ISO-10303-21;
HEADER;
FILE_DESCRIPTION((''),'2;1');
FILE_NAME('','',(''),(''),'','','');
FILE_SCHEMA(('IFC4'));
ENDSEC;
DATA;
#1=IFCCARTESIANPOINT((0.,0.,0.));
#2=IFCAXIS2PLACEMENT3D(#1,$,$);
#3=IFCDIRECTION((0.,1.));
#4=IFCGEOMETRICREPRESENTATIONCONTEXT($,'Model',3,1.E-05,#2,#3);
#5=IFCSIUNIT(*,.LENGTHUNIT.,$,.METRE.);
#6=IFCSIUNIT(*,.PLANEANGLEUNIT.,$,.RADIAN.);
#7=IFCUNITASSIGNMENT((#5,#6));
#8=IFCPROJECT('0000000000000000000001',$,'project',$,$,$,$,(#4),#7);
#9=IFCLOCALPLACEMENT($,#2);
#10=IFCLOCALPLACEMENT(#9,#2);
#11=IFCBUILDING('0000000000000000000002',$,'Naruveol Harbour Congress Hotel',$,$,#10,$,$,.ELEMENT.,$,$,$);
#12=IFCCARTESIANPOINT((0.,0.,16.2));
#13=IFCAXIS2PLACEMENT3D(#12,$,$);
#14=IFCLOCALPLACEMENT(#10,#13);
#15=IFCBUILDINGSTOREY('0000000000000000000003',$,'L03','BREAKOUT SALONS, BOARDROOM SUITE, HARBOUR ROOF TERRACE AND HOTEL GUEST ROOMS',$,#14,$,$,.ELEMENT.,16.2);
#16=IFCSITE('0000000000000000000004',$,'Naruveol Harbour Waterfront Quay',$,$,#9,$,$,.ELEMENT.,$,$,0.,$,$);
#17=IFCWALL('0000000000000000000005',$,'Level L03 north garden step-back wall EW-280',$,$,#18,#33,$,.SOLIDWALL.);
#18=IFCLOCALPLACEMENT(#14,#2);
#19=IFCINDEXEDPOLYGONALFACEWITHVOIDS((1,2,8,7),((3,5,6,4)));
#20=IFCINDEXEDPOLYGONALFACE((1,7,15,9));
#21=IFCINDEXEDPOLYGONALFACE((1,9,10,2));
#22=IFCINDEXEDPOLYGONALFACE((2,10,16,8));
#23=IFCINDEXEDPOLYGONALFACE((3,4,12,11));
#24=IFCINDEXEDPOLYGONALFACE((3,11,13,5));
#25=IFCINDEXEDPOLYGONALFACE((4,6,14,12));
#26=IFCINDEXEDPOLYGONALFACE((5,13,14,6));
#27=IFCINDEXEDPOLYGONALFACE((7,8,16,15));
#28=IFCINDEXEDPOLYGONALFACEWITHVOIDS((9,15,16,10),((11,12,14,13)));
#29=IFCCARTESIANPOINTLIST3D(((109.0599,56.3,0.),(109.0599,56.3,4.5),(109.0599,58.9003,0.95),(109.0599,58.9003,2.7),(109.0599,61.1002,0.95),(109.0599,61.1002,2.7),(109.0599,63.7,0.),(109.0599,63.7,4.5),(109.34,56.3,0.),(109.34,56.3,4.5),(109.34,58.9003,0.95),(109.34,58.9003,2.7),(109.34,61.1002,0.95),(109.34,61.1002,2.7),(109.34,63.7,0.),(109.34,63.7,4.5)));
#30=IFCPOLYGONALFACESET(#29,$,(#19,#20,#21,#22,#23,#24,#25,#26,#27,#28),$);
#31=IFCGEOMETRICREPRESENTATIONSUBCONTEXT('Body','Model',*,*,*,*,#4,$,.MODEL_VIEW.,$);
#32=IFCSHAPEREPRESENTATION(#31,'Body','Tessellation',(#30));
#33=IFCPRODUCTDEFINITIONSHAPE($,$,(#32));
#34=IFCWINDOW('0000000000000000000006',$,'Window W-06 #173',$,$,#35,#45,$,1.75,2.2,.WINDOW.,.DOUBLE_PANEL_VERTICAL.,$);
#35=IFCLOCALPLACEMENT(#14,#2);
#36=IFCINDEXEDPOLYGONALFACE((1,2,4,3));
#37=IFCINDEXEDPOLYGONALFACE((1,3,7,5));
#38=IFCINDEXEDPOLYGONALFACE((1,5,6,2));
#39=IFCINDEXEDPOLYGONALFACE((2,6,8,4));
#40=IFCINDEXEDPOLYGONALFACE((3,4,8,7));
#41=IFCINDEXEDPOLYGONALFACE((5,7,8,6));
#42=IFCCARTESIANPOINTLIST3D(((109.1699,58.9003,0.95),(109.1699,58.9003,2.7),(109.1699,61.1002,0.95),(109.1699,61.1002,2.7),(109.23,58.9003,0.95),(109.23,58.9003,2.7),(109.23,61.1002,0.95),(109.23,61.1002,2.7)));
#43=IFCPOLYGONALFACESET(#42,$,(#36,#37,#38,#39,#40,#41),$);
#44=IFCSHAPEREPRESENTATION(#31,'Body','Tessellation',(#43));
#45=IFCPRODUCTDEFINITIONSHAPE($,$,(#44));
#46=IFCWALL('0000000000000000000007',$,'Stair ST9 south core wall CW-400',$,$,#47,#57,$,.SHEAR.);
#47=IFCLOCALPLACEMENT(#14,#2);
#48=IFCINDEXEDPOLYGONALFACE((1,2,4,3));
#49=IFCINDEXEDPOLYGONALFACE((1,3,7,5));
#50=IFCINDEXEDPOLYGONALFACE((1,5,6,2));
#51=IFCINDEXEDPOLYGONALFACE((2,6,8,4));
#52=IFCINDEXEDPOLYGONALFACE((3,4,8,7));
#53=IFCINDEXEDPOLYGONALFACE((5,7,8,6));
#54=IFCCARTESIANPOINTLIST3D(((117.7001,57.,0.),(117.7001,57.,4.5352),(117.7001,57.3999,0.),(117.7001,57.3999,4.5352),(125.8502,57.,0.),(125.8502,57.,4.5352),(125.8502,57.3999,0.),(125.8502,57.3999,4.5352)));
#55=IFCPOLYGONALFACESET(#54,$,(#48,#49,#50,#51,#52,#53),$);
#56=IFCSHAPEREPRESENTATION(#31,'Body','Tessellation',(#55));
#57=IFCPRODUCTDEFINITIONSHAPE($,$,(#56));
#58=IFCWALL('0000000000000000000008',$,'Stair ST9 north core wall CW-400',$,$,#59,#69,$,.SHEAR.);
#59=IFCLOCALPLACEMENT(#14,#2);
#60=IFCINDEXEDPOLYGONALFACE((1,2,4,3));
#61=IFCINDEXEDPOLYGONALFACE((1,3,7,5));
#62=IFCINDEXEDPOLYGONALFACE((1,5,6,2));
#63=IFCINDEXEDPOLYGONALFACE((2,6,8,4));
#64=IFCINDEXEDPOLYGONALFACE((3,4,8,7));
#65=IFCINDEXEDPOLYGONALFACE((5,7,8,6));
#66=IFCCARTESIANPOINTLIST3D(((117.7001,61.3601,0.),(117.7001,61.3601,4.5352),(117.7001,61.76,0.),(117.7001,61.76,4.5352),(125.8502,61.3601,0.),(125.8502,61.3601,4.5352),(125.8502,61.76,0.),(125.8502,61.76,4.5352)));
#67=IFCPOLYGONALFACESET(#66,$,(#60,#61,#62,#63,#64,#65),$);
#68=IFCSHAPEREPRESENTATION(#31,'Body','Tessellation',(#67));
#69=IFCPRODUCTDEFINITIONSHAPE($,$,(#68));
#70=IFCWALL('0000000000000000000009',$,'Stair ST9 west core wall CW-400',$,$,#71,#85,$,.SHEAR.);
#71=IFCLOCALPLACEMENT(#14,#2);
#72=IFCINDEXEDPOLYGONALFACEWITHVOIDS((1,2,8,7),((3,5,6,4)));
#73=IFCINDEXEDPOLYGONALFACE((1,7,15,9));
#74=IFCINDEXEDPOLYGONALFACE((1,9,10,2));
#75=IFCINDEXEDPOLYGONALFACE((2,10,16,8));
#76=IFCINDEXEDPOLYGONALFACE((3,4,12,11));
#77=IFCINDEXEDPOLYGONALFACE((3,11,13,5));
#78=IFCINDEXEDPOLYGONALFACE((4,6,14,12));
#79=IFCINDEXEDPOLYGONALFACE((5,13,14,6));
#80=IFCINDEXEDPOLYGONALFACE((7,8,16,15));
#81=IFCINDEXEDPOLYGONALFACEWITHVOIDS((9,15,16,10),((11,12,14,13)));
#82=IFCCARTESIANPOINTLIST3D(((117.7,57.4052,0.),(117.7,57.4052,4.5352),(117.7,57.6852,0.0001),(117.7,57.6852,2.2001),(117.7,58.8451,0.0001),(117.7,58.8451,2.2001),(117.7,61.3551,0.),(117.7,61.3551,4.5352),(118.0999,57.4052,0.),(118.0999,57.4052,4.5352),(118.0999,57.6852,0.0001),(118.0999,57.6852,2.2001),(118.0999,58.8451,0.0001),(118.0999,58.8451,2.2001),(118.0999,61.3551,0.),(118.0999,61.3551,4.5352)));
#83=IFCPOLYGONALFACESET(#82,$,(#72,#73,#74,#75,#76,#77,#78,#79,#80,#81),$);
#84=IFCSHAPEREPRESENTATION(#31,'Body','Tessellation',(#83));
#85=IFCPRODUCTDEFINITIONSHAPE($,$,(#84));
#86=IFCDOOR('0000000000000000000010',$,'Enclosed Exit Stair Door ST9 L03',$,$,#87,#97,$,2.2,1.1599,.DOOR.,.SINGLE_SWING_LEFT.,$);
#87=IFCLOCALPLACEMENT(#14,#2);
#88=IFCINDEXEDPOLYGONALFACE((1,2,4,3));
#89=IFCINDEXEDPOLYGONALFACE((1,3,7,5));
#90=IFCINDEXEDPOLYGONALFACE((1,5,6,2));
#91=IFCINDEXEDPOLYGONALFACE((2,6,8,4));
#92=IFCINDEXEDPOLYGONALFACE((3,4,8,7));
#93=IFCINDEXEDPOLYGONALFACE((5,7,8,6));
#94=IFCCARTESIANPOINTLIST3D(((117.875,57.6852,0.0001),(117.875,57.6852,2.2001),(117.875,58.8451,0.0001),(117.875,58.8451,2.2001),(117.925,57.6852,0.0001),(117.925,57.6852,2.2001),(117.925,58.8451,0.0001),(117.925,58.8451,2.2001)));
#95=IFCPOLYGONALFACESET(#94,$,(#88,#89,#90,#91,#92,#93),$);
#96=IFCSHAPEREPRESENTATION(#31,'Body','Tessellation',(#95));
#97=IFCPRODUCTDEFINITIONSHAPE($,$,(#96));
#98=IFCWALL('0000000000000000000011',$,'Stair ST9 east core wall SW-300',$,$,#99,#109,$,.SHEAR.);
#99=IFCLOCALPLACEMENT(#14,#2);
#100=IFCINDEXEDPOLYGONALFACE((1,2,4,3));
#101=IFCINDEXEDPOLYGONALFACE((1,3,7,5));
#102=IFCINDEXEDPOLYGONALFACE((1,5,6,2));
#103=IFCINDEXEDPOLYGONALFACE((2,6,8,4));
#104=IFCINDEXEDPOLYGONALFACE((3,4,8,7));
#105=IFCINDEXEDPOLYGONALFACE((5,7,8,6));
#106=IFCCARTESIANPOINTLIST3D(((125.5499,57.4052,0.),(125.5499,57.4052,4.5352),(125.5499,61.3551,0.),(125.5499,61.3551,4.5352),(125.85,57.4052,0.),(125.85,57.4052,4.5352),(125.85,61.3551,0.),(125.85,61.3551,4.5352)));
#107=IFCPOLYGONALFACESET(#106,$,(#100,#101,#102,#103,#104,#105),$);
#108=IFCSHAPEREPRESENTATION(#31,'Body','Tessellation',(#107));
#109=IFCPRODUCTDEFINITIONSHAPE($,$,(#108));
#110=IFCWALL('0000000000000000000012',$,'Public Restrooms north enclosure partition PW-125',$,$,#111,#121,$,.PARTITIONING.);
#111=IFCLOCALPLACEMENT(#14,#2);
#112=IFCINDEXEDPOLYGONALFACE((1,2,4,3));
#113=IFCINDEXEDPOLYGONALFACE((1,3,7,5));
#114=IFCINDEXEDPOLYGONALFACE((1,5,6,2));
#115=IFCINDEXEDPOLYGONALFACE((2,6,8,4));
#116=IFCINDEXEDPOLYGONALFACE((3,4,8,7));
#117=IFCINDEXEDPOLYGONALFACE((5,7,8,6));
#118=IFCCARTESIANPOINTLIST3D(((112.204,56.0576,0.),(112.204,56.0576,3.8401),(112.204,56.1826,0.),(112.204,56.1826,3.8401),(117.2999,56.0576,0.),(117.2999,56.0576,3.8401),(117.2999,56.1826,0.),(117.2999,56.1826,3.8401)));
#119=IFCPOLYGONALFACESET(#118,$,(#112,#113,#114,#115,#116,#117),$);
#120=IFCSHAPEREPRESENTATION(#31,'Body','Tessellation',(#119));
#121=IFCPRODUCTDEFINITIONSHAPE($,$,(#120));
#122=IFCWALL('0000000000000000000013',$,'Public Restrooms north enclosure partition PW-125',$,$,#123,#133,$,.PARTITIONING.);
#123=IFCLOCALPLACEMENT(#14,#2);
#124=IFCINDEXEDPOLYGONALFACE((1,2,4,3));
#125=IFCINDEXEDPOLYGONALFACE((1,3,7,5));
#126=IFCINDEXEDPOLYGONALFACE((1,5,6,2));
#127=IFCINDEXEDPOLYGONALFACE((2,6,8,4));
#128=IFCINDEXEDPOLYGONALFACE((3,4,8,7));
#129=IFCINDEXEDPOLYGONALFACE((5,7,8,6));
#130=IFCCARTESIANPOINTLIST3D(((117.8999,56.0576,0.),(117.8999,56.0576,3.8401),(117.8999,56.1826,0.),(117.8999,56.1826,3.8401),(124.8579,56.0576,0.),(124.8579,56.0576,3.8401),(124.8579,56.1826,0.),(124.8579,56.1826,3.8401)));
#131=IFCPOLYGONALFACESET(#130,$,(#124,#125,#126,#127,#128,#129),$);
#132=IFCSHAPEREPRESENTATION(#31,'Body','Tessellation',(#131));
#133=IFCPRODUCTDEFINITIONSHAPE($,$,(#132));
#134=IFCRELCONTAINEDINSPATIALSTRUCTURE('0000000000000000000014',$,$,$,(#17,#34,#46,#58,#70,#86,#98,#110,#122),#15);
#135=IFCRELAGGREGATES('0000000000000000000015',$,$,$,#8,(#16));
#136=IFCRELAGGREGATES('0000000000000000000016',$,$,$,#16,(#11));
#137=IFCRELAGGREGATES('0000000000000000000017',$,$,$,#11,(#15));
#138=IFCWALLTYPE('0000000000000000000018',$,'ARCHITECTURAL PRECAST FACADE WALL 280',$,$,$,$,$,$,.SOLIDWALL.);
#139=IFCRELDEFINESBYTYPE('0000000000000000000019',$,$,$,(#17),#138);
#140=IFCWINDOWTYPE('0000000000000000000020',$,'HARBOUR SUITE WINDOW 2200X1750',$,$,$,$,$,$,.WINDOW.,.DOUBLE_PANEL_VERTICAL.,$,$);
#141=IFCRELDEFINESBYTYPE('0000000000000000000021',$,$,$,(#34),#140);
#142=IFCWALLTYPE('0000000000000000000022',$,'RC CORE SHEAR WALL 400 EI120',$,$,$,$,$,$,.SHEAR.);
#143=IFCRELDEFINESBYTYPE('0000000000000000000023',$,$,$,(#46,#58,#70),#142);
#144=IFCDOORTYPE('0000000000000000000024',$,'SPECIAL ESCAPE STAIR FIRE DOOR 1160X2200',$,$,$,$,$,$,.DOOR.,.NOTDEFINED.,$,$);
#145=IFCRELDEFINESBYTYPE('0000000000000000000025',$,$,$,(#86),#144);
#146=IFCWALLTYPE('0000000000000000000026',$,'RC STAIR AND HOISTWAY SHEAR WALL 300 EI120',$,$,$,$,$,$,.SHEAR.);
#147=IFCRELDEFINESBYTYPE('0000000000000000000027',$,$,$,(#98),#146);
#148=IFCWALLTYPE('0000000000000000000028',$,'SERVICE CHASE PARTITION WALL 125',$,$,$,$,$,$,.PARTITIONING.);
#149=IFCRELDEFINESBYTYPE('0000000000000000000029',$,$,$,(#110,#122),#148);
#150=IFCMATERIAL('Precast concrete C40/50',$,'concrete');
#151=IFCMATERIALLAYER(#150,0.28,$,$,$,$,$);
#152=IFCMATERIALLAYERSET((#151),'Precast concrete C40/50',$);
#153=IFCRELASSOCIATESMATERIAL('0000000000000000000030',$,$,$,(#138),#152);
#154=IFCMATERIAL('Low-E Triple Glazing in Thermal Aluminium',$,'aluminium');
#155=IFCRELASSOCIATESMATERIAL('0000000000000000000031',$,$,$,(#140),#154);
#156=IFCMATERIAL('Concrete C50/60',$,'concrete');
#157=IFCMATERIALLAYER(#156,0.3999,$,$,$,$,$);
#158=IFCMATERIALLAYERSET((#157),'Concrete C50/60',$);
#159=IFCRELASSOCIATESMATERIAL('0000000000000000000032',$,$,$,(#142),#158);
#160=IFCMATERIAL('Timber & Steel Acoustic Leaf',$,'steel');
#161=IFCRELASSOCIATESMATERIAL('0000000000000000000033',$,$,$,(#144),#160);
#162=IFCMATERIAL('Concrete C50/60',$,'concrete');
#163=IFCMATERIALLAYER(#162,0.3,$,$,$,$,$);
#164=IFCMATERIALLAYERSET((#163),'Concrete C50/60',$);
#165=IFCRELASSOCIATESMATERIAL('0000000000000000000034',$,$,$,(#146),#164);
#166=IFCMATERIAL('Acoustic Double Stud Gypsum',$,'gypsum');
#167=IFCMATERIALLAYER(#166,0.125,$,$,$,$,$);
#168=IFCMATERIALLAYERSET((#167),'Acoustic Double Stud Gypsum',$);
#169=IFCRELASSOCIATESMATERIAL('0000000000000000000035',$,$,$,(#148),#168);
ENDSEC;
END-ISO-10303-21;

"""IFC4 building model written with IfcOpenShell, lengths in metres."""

from ifc_helpers import new_model, si_unit, direction, frame, frame_2d, origin, place, context, subcontext, project, spatial, rectangle, extrude, material, layer, layer_set, type_object, element, fill, save


model = new_model("IFC4")

# Units and contexts
model_context = context("Model", 3, precision=1e-05, world=origin(), true_north=direction((0.0, 1.0)))
body_context = subcontext(model_context, "Body", "Model", "MODEL_VIEW")
ifc_project = project(units=[si_unit("LENGTHUNIT", "METRE"), si_unit("PLANEANGLEUNIT", "RADIAN")], contexts=[model_context])

# Site, building, storey
site_placement = place(None, origin())
site = spatial("IfcSite", under=ifc_project, at=site_placement, Name="Naruveol Harbour Waterfront Quay", CompositionType="ELEMENT", RefElevation=0.0)
building_placement = place(site_placement, origin())
building = spatial("IfcBuilding", under=site, at=building_placement, Name="Naruveol Harbour Congress Hotel", CompositionType="ELEMENT")
storey_placement = place(building_placement, frame((0.0, 0.0, 16.2)))
storey = spatial("IfcBuildingStorey", under=building, at=storey_placement, Name="L03", Description="BREAKOUT SALONS, BOARDROOM SUITE, HARBOUR ROOF TERRACE AND HOTEL GUEST ROOMS", CompositionType="ELEMENT", Elevation=16.2)

# Wall, opening, window
ifc_material_1 = material(Name="Precast concrete C40/50", Category="concrete")
ifc_layer_1 = layer(ifc_material_1, 0.28)
ifc_layer_set_1 = layer_set([ifc_layer_1], Name="Precast concrete C40/50")
wall_type_1 = type_object("IfcWallType", Name="ARCHITECTURAL PRECAST FACADE WALL 280", PredefinedType="SOLIDWALL", material=ifc_layer_set_1)
wall_1_placement = place(storey_placement, frame((109.2, 56.3, 0.0), z_axis=(0.0, 0.0, 1.0), x_axis=(0.0, 1.0, 0.0)))
wall_1 = element("IfcWall", 1, at=wall_1_placement, inside=storey, type_object=wall_type_1, Name="Level L03 north garden step-back wall EW-280", PredefinedType="SOLIDWALL", context=body_context, shape_type="SweptSolid", body=[
    extrude(rectangle(XDim=7.3999, YDim=0.28, at=frame_2d((3.7, 0.0))), origin(), (0.0, 0.0, 1.0), 4.5),
])
opening_1_placement = place(wall_1_placement, frame((2.6001, 0.0, 0.95)))
opening_1 = element("IfcOpeningElement", 2, at=opening_1_placement, cuts=wall_1, PredefinedType="OPENING", context=body_context, shape_type="SweptSolid", body=[
    extrude(rectangle(XDim=2.2, YDim=1.75, at=frame_2d((1.1001, 0.875))), frame((0.0, 0.1499, 0.0), z_axis=(0.0, -1.0, 0.0), x_axis=(1.0, 0.0, 0.0)), (0.0, 0.0, 1.0), 0.3),
])
ifc_material_2 = material(Name="Low-E Triple Glazing in Thermal Aluminium", Category="aluminium")
window_type_1 = type_object("IfcWindowType", Name="HARBOUR SUITE WINDOW 2200X1750", PartitioningType="DOUBLE_PANEL_VERTICAL", PredefinedType="WINDOW", material=ifc_material_2)
window_1_placement = place(opening_1_placement, origin())
window_1 = element("IfcWindow", 3, at=window_1_placement, inside=storey, type_object=window_type_1, Name="Window W-06 #173", OverallHeight=1.75, OverallWidth=2.2, PartitioningType="DOUBLE_PANEL_VERTICAL", PredefinedType="WINDOW", context=body_context, shape_type="SweptSolid", body=[
    extrude(rectangle(XDim=2.2, YDim=1.75, at=frame_2d((1.1001, 0.875))), frame((0.0, 0.03, 0.0), z_axis=(0.0, -1.0, 0.0), x_axis=(1.0, 0.0, 0.0)), (0.0, 0.0, 1.0), 0.0601),
])
fill(opening_1, window_1)

# Walls
ifc_material_3 = material(Name="Concrete C50/60", Category="concrete")
ifc_layer_2 = layer(ifc_material_3, 0.3999)
ifc_layer_set_2 = layer_set([ifc_layer_2], Name="Concrete C50/60")
wall_type_2 = type_object("IfcWallType", Name="RC CORE SHEAR WALL 400 EI120", PredefinedType="SHEAR", material=ifc_layer_set_2)
for number, where, z_axis, x_axis, name in (
    (4, (117.7, 57.2, 0.0), (0.0, 0.0, 1.0), (1.0, 0.0, 0.0), "Stair ST9 south core wall CW-400"),
    (5, (117.7, 61.5601, 0.0), (0.0, 0.0, 1.0), (1.0, 0.0, 0.0), "Stair ST9 north core wall CW-400"),
):
    element("IfcWall", number, at=place(storey_placement, frame(where, z_axis=z_axis, x_axis=x_axis)), inside=storey, type_object=wall_type_2, Name=name, PredefinedType="SHEAR", context=body_context, shape_type="SweptSolid", body=[
        extrude(rectangle(XDim=8.1501, YDim=0.3999, at=frame_2d((4.0752, 0.0))), origin(), (0.0, 0.0, 1.0), 4.5352),
    ])

# Wall, opening, door
wall_2_placement = place(storey_placement, frame((117.8999, 57.405, 0.0), z_axis=(0.0, 0.0, 1.0), x_axis=(0.0, 1.0, 0.0)))
wall_2 = element("IfcWall", 6, at=wall_2_placement, inside=storey, type_object=wall_type_2, Name="Stair ST9 west core wall CW-400", PredefinedType="SHEAR", context=body_context, shape_type="SweptSolid", body=[
    extrude(rectangle(XDim=3.95, YDim=0.3999, at=frame_2d((1.9751, 0.0))), origin(), (0.0, 0.0, 1.0), 4.5352),
])
opening_2_placement = place(wall_2_placement, frame((0.28, 0.0, 0.0)))
opening_2 = element("IfcOpeningElement", 7, at=opening_2_placement, cuts=wall_2, PredefinedType="OPENING", context=body_context, shape_type="SweptSolid", body=[
    extrude(rectangle(XDim=1.1599, YDim=2.2, at=frame_2d((0.5801, 1.1001))), frame((0.0, 0.21, 0.0), z_axis=(0.0, -1.0, 0.0), x_axis=(1.0, 0.0, 0.0)), (0.0, 0.0, 1.0), 0.4199),
])
ifc_material_4 = material(Name="Timber & Steel Acoustic Leaf", Category="steel")
door_type = type_object("IfcDoorType", Name="SPECIAL ESCAPE STAIR FIRE DOOR 1160X2200", OperationType="NOTDEFINED", PredefinedType="DOOR", material=ifc_material_4)
door_placement = place(opening_2_placement, origin())
door = element("IfcDoor", 8, at=door_placement, inside=storey, type_object=door_type, Name="Enclosed Exit Stair Door ST9 L03", OperationType="SINGLE_SWING_LEFT", OverallHeight=2.2, OverallWidth=1.1599, PredefinedType="DOOR", context=body_context, shape_type="SweptSolid", body=[
    extrude(rectangle(XDim=1.1599, YDim=2.2, at=frame_2d((0.5801, 1.1001))), frame((0.0, 0.0249, 0.0), z_axis=(0.0, -1.0, 0.0), x_axis=(1.0, 0.0, 0.0)), (0.0, 0.0, 1.0), 0.05),
])
fill(opening_2, door)

# Walls
ifc_material_5 = material(Name="Concrete C50/60", Category="concrete")
ifc_layer_3 = layer(ifc_material_5, 0.3)
ifc_layer_set_3 = layer_set([ifc_layer_3], Name="Concrete C50/60")
wall_type_3 = type_object("IfcWallType", Name="RC STAIR AND HOISTWAY SHEAR WALL 300 EI120", PredefinedType="SHEAR", material=ifc_layer_set_3)
wall_3_placement = place(storey_placement, frame((125.7, 57.405, 0.0), z_axis=(0.0, 0.0, 1.0), x_axis=(0.0, 1.0, 0.0)))
element("IfcWall", 9, at=wall_3_placement, inside=storey, type_object=wall_type_3, Name="Stair ST9 east core wall SW-300", PredefinedType="SHEAR", context=body_context, shape_type="SweptSolid", body=[
    extrude(rectangle(XDim=3.95, YDim=0.3, at=frame_2d((1.9751, 0.0))), origin(), (0.0, 0.0, 1.0), 4.5352),
])
ifc_material_6 = material(Name="Acoustic Double Stud Gypsum", Category="gypsum")
ifc_layer_4 = layer(ifc_material_6, 0.125)
ifc_layer_set_4 = layer_set([ifc_layer_4], Name="Acoustic Double Stud Gypsum")
wall_type_4 = type_object("IfcWallType", Name="SERVICE CHASE PARTITION WALL 125", PredefinedType="PARTITIONING", material=ifc_layer_set_4)
wall_4_placement = place(storey_placement, frame((112.2041, 56.1201, 0.0), z_axis=(0.0, 0.0, 1.0), x_axis=(1.0, 0.0, 0.0)))
element("IfcWall", 10, at=wall_4_placement, inside=storey, type_object=wall_type_4, Name="Public Restrooms north enclosure partition PW-125", PredefinedType="PARTITIONING", context=body_context, shape_type="SweptSolid", body=[
    extrude(rectangle(XDim=5.0959, YDim=0.125, at=frame_2d((2.5479, 0.0))), origin(), (0.0, 0.0, 1.0), 3.8401),
])
wall_5_placement = place(storey_placement, frame((117.8999, 56.1201, 0.0), z_axis=(0.0, 0.0, 1.0), x_axis=(1.0, 0.0, 0.0)))
element("IfcWall", 11, at=wall_5_placement, inside=storey, type_object=wall_type_4, Name="Public Restrooms north enclosure partition PW-125", PredefinedType="PARTITIONING", context=body_context, shape_type="SweptSolid", body=[
    extrude(rectangle(XDim=6.958, YDim=0.125, at=frame_2d((3.479, 0.0))), origin(), (0.0, 0.0, 1.0), 3.8401),
])

save(model, "model.ifc")
